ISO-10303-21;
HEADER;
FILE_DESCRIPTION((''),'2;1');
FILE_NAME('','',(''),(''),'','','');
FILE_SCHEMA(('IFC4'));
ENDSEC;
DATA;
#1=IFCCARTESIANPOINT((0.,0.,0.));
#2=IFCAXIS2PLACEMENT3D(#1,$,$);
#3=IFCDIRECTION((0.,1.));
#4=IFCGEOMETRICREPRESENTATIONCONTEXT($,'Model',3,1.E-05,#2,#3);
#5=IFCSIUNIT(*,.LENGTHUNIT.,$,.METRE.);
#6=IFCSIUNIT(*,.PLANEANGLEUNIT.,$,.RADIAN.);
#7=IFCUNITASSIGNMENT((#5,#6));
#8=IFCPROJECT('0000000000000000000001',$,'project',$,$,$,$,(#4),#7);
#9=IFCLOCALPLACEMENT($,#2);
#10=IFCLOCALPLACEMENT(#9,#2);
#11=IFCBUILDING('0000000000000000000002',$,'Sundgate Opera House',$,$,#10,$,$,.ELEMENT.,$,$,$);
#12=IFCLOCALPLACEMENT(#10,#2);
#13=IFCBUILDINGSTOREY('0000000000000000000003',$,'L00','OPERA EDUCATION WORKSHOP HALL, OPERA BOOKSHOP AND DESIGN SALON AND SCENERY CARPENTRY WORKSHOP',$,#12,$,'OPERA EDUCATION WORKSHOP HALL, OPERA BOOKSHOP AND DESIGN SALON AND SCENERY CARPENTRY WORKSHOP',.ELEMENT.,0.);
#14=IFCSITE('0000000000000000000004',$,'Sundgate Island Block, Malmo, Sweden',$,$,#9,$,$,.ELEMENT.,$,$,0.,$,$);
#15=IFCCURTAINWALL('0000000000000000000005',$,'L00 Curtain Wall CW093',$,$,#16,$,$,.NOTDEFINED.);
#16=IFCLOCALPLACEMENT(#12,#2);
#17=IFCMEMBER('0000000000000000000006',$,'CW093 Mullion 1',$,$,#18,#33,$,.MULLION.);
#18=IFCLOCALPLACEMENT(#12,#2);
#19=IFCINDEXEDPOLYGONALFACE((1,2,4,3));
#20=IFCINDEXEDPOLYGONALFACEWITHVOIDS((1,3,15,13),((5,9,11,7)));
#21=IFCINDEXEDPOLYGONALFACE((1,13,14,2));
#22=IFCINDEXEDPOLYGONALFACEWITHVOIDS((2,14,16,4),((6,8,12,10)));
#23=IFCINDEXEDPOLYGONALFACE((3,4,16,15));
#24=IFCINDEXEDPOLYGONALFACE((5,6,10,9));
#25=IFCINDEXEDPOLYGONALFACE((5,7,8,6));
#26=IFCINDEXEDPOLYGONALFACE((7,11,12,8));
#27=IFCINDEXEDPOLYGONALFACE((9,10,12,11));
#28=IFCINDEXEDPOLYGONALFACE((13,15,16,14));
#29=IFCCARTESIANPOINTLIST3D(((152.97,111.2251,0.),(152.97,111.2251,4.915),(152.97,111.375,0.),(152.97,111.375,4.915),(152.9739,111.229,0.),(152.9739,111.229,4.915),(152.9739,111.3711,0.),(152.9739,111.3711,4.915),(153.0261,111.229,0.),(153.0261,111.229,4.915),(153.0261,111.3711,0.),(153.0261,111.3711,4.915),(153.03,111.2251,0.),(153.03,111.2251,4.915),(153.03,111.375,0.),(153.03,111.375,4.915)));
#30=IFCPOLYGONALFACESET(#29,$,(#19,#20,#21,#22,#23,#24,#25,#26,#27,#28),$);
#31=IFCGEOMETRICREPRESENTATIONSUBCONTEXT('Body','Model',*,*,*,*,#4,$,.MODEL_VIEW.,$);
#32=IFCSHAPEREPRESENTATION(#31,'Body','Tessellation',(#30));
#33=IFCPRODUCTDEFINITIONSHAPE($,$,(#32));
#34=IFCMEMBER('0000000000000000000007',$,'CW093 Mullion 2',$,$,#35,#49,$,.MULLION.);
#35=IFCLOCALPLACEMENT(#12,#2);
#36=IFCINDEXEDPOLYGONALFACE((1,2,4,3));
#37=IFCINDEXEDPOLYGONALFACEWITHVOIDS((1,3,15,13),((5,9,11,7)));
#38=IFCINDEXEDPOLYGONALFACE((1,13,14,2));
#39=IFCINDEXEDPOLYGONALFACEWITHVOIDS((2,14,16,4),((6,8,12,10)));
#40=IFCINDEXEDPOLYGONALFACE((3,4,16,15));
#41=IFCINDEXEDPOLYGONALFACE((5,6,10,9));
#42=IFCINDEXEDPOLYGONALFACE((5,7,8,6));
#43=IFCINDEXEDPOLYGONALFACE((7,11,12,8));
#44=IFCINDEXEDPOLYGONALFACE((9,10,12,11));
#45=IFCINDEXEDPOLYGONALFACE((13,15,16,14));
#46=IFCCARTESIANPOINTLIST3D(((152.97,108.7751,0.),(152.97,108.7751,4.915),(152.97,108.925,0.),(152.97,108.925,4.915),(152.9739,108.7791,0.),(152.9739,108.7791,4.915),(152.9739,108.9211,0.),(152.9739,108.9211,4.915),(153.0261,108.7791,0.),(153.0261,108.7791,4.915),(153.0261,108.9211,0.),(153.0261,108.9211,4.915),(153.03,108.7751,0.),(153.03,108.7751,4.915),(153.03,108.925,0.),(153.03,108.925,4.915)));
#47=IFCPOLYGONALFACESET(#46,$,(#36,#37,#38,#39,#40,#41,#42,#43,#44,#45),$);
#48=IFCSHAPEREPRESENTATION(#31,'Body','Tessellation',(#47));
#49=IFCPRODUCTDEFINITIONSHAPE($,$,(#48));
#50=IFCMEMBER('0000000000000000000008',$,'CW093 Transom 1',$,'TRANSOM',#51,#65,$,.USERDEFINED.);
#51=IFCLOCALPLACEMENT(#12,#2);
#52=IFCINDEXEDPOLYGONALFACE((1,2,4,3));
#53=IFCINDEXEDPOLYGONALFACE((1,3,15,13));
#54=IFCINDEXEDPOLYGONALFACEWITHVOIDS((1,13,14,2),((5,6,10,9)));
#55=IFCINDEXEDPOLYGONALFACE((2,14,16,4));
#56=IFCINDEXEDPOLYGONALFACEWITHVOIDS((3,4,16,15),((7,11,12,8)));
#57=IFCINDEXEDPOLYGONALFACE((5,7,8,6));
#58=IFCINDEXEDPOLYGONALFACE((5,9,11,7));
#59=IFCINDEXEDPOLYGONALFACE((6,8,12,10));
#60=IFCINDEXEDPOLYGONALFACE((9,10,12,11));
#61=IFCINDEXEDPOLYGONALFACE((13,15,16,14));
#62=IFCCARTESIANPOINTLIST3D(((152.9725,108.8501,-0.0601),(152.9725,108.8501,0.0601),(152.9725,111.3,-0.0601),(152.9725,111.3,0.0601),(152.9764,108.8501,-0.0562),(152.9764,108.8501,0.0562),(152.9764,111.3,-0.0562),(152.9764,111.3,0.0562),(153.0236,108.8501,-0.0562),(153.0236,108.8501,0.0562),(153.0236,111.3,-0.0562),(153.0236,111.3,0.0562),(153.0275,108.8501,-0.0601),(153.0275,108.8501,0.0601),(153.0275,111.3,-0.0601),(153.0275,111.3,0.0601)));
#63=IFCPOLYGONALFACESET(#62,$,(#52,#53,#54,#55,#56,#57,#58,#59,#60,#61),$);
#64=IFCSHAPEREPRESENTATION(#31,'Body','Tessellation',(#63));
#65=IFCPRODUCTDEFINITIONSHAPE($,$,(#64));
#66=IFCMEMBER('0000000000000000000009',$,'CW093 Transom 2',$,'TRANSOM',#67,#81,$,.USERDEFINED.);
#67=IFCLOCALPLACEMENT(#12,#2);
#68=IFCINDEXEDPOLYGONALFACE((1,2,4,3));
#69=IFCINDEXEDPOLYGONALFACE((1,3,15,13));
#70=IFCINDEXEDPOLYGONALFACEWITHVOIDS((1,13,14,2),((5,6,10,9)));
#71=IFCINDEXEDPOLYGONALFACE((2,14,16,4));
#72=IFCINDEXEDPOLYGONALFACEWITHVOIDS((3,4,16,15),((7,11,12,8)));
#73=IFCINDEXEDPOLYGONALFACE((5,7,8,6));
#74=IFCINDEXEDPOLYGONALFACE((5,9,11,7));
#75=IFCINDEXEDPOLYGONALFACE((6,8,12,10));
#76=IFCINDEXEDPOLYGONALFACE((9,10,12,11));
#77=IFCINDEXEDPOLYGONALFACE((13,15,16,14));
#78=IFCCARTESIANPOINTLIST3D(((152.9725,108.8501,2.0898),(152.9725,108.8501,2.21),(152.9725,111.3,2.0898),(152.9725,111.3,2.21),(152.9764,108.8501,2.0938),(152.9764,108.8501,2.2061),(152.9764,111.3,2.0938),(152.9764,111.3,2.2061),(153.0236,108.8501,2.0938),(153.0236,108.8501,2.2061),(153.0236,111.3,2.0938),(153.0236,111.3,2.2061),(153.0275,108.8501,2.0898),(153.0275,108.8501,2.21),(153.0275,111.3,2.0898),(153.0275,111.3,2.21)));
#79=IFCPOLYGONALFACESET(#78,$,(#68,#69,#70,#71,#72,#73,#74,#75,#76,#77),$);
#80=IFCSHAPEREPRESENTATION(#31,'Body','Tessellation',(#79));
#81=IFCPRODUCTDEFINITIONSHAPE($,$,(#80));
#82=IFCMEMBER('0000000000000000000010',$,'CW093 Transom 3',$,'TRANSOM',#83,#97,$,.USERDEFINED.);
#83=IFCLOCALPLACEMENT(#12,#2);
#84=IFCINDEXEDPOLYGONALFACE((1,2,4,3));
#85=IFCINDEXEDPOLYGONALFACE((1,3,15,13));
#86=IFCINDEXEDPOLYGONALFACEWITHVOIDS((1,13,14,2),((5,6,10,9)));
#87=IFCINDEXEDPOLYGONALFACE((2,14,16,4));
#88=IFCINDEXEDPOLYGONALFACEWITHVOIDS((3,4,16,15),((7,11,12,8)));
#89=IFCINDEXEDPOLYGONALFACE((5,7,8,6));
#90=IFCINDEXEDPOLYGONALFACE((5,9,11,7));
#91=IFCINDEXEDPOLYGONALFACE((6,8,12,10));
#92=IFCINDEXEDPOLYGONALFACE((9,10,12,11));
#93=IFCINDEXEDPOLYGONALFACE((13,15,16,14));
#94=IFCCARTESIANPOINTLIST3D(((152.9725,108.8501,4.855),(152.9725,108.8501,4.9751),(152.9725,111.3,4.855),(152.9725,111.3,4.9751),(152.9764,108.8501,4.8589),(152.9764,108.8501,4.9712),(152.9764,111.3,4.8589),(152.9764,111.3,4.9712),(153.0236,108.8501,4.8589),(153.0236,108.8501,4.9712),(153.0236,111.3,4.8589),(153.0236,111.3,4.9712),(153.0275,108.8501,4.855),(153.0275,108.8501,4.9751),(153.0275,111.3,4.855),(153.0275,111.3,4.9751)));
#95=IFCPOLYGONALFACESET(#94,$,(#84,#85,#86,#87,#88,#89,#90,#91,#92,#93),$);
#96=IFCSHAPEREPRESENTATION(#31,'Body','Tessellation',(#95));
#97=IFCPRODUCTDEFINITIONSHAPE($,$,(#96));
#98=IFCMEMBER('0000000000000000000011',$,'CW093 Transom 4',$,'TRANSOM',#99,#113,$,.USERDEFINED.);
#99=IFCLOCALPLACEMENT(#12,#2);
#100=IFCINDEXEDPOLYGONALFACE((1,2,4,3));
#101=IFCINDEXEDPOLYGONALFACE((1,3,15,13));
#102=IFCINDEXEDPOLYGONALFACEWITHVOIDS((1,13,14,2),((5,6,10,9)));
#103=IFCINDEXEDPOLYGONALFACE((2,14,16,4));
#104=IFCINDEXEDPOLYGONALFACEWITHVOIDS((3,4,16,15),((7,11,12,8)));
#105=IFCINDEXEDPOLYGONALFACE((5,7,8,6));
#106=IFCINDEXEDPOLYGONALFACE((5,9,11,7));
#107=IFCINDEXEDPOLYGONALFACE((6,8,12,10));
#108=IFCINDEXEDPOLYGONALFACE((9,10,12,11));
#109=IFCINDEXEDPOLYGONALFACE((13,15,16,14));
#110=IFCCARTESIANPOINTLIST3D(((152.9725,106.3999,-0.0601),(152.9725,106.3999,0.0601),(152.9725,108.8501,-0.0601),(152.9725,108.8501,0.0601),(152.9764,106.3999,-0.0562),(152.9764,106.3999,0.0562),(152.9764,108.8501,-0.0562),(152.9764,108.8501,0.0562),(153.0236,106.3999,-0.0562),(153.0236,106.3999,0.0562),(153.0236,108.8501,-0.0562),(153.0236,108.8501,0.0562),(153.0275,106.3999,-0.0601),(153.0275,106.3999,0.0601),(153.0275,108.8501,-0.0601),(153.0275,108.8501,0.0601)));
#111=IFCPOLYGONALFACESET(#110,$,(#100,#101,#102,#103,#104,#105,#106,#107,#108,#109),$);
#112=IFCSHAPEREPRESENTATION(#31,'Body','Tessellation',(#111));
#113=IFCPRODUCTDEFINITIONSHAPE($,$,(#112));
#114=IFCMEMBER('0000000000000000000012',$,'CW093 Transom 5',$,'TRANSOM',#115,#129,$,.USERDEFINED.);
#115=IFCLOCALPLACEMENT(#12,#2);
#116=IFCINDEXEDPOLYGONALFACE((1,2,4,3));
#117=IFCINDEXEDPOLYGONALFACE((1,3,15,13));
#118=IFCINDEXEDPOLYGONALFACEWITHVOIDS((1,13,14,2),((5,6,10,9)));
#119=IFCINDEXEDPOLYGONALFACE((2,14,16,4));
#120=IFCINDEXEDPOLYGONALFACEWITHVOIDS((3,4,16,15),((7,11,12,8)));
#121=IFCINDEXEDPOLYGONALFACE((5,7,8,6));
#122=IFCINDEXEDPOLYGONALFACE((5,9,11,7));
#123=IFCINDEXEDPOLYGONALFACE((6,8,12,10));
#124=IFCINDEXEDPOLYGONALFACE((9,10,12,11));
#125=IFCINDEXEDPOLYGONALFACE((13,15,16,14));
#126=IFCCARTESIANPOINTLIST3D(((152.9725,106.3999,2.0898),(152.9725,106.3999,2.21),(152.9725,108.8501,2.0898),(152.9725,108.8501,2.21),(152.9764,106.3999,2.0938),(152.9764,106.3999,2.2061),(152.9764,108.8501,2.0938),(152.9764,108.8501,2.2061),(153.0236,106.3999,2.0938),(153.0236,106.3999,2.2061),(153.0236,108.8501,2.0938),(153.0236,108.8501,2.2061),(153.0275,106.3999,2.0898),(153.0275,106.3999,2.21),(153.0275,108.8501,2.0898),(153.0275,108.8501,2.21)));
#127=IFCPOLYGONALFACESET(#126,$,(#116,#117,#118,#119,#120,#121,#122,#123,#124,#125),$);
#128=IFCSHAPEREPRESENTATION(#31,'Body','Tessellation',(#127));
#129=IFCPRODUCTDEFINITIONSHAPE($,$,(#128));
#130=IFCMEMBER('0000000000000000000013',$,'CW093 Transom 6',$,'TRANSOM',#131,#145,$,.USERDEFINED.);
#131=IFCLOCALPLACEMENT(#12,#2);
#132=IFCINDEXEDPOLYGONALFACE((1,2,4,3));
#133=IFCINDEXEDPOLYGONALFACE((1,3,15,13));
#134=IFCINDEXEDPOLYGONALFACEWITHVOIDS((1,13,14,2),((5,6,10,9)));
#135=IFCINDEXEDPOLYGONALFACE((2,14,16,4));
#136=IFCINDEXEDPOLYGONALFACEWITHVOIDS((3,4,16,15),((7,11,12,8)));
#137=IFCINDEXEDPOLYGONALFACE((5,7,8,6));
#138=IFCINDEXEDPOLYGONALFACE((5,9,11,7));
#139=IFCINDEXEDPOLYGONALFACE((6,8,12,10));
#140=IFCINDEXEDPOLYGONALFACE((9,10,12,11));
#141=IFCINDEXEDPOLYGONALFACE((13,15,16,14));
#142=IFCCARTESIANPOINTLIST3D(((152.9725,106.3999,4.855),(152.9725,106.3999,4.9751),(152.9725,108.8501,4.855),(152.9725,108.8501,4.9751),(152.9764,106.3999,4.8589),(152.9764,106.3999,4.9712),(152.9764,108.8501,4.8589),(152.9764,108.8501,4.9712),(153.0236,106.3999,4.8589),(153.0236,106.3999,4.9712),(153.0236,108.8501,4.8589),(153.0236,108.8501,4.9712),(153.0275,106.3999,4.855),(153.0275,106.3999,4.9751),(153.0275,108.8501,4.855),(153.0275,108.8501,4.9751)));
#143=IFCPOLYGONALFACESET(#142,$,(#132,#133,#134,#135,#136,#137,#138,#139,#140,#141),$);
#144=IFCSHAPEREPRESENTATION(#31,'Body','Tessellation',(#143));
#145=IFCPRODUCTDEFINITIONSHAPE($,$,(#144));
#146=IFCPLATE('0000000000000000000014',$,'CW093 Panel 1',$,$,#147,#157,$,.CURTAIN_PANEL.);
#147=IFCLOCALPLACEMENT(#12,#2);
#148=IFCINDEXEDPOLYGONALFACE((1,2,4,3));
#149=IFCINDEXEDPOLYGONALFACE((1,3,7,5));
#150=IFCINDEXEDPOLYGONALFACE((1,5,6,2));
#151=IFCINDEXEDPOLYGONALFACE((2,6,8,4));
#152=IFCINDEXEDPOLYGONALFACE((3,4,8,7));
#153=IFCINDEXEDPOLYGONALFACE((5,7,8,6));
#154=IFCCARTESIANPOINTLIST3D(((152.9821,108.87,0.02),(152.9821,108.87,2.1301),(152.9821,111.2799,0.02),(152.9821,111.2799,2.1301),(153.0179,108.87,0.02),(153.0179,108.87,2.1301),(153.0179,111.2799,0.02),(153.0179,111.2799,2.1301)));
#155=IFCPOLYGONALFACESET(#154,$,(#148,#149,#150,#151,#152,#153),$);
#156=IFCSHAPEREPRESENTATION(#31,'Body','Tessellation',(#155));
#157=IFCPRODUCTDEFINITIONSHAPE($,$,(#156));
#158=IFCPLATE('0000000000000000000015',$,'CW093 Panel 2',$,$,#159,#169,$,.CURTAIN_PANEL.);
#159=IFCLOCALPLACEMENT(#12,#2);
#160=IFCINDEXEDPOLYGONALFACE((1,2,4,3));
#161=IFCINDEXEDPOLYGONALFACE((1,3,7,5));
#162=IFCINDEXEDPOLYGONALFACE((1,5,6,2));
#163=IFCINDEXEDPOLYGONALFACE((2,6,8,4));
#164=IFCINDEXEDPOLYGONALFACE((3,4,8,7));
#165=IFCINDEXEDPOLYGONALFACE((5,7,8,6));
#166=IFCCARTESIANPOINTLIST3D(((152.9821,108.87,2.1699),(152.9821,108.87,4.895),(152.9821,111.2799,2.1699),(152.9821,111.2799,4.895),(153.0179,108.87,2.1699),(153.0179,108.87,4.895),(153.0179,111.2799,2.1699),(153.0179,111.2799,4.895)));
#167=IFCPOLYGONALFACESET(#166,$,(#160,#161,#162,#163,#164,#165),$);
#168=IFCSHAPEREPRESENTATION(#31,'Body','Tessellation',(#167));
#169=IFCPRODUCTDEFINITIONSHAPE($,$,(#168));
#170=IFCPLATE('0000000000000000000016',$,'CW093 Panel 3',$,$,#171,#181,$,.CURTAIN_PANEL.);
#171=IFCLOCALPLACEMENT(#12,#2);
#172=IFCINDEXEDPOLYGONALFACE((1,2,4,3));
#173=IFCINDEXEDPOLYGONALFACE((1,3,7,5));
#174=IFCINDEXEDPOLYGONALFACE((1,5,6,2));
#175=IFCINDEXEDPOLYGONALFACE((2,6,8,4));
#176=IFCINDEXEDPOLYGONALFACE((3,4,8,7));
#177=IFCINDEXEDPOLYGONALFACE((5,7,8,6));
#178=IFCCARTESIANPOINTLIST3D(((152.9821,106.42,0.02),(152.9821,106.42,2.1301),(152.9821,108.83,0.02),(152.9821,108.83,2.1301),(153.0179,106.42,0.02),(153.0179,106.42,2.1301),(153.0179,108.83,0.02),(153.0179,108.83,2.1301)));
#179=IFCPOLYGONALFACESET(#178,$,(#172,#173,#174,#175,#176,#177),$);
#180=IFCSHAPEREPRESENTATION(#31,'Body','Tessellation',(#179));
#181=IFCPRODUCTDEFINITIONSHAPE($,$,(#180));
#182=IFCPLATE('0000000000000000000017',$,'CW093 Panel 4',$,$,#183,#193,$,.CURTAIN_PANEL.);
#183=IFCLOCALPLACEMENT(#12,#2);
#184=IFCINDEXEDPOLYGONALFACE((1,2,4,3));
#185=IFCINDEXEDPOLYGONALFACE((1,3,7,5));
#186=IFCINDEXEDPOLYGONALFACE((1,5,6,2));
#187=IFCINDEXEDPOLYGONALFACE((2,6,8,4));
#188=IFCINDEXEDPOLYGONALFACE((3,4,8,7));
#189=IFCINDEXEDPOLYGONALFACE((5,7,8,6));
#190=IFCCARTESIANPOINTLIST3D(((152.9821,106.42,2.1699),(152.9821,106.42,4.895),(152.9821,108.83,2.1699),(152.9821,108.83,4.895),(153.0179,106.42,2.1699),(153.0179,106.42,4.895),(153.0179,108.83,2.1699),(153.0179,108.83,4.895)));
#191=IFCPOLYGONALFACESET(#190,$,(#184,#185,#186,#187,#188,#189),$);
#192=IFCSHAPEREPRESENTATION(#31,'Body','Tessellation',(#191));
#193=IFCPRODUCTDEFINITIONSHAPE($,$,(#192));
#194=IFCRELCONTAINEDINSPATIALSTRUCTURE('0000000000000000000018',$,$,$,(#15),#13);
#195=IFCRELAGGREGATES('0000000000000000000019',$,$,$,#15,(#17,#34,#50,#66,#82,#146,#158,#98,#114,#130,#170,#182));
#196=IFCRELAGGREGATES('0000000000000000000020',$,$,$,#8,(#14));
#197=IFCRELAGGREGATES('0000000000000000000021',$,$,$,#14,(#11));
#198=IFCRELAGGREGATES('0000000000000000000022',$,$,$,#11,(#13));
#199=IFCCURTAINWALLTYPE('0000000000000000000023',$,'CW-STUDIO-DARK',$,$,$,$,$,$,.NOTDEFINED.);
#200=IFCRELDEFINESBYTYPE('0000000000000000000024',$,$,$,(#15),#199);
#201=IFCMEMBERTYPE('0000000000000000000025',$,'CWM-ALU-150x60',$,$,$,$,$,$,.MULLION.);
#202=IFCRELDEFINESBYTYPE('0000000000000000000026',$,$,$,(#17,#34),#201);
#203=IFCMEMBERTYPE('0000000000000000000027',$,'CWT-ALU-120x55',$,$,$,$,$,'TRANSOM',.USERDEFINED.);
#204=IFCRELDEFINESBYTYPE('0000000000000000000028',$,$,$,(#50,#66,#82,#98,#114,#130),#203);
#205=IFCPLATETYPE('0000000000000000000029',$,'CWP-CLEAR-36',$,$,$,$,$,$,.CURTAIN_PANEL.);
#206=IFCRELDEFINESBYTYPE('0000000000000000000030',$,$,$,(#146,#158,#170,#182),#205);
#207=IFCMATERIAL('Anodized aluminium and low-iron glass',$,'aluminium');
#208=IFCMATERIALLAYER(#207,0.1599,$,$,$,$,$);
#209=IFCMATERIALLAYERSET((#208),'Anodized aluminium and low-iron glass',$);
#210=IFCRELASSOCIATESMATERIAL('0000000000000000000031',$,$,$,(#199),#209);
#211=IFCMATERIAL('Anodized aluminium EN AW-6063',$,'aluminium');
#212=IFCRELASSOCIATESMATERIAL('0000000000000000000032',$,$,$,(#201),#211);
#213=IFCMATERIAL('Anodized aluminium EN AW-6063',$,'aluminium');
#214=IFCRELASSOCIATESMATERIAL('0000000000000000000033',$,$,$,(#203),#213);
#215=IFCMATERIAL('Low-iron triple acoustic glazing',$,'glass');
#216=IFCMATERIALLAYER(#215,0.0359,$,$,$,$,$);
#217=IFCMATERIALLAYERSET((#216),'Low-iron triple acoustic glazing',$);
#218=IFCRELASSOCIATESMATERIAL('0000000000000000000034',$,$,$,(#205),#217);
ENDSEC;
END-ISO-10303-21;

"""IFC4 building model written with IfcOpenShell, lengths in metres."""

from ifc_helpers import new_model, si_unit, direction, frame, origin, origin_2d, place, context, subcontext, project, spatial, rectangle, hollow_rectangle, extrude, material, layer, layer_set, material_profile, profile_set, type_object, element, aggregate, save


model = new_model("IFC4")

# Units and contexts
model_context = context("Model", 3, precision=1e-05, world=origin(), true_north=direction((0.0, 1.0)))
body_context = subcontext(model_context, "Body", "Model", "MODEL_VIEW")
ifc_project = project(units=[si_unit("LENGTHUNIT", "METRE"), si_unit("PLANEANGLEUNIT", "RADIAN")], contexts=[model_context])

# Site, building, storey
site_placement = place(None, origin())
site = spatial("IfcSite", under=ifc_project, at=site_placement, Name="Sundgate Island Block, Malmo, Sweden", CompositionType="ELEMENT", RefElevation=0.0)
building_placement = place(site_placement, origin())
building = spatial("IfcBuilding", under=site, at=building_placement, Name="Sundgate Opera House", CompositionType="ELEMENT")
storey_placement = place(building_placement, origin())
storey = spatial("IfcBuildingStorey", under=building, at=storey_placement, Name="L00", Description="OPERA EDUCATION WORKSHOP HALL, OPERA BOOKSHOP AND DESIGN SALON AND SCENERY CARPENTRY WORKSHOP", LongName="OPERA EDUCATION WORKSHOP HALL, OPERA BOOKSHOP AND DESIGN SALON AND SCENERY CARPENTRY WORKSHOP", CompositionType="ELEMENT", Elevation=0.0)

# Curtain wall, members, plates
ifc_material_1 = material(Name="Anodized aluminium and low-iron glass", Category="aluminium")
ifc_layer_1 = layer(ifc_material_1, 0.1599)
ifc_layer_set_1 = layer_set([ifc_layer_1], Name="Anodized aluminium and low-iron glass")
curtain_wall_type = type_object("IfcCurtainWallType", Name="CW-STUDIO-DARK", PredefinedType="NOTDEFINED", material=ifc_layer_set_1)
curtain_wall_placement = place(storey_placement, origin())
curtain_wall = element("IfcCurtainWall", 1, at=curtain_wall_placement, inside=storey, type_object=curtain_wall_type, Name="L00 Curtain Wall CW093", PredefinedType="NOTDEFINED")
ifc_material_2 = material(Name="Anodized aluminium EN AW-6063", Category="aluminium")
ifc_material_profile_1 = material_profile(ifc_material_2, hollow_rectangle(XDim=0.0601, YDim=0.1499, WallThickness=0.0039, at=origin_2d()), Name="CWM 150x60x4")
ifc_profile_set_1 = profile_set([ifc_material_profile_1], Name="Anodized aluminium EN AW-6063")
member_type_1 = type_object("IfcMemberType", Name="CWM-ALU-150x60", PredefinedType="MULLION", material=ifc_profile_set_1)
member_1_placement = place(storey_placement, frame((153.0, 111.3, 0.0), z_axis=(0.0, 0.0, 1.0), x_axis=(1.0, 0.0, 0.0)))
member_1 = element("IfcMember", 2, at=member_1_placement, type_object=member_type_1, Name="CW093 Mullion 1", PredefinedType="MULLION", context=body_context, shape_type="SweptSolid", body=[
    extrude(hollow_rectangle(XDim=0.0601, YDim=0.1499, WallThickness=0.0039, at=origin_2d()), origin(), (0.0, 0.0, 1.0), 4.915),
])
member_2_placement = place(storey_placement, frame((153.0, 108.8501, 0.0), z_axis=(0.0, 0.0, 1.0), x_axis=(1.0, 0.0, 0.0)))
member_2 = element("IfcMember", 3, at=member_2_placement, type_object=member_type_1, Name="CW093 Mullion 2", PredefinedType="MULLION", context=body_context, shape_type="SweptSolid", body=[
    extrude(hollow_rectangle(XDim=0.0601, YDim=0.1499, WallThickness=0.0039, at=origin_2d()), origin(), (0.0, 0.0, 1.0), 4.915),
])
ifc_material_3 = material(Name="Anodized aluminium EN AW-6063", Category="aluminium")
ifc_material_profile_2 = material_profile(ifc_material_3, hollow_rectangle(XDim=0.0549, YDim=0.1201, WallThickness=0.0039, at=origin_2d()), Name="CWT 120x55x4")
ifc_profile_set_2 = profile_set([ifc_material_profile_2], Name="Anodized aluminium EN AW-6063")
member_type_2 = type_object("IfcMemberType", Name="CWT-ALU-120x55", ElementType="TRANSOM", PredefinedType="USERDEFINED", material=ifc_profile_set_2)
member_3_placement = place(storey_placement, frame((153.0, 111.3, 0.0), z_axis=(0.0, -1.0, 0.0), x_axis=(1.0, 0.0, 0.0)))
member_3 = element("IfcMember", 4, at=member_3_placement, type_object=member_type_2, Name="CW093 Transom 1", ObjectType="TRANSOM", PredefinedType="USERDEFINED", context=body_context, shape_type="SweptSolid", body=[
    extrude(hollow_rectangle(XDim=0.0549, YDim=0.1201, WallThickness=0.0039, at=origin_2d()), origin(), (0.0, 0.0, 1.0), 2.45),
])
member_4_placement = place(storey_placement, frame((153.0, 111.3, 2.1499), z_axis=(0.0, -1.0, 0.0), x_axis=(1.0, 0.0, 0.0)))
member_4 = element("IfcMember", 5, at=member_4_placement, type_object=member_type_2, Name="CW093 Transom 2", ObjectType="TRANSOM", PredefinedType="USERDEFINED", context=body_context, shape_type="SweptSolid", body=[
    extrude(hollow_rectangle(XDim=0.0549, YDim=0.1201, WallThickness=0.0039, at=origin_2d()), origin(), (0.0, 0.0, 1.0), 2.45),
])
member_5_placement = place(storey_placement, frame((153.0, 111.3, 4.915), z_axis=(0.0, -1.0, 0.0), x_axis=(1.0, 0.0, 0.0)))
member_5 = element("IfcMember", 6, at=member_5_placement, type_object=member_type_2, Name="CW093 Transom 3", ObjectType="TRANSOM", PredefinedType="USERDEFINED", context=body_context, shape_type="SweptSolid", body=[
    extrude(hollow_rectangle(XDim=0.0549, YDim=0.1201, WallThickness=0.0039, at=origin_2d()), origin(), (0.0, 0.0, 1.0), 2.45),
])
member_6_placement = place(storey_placement, frame((153.0, 108.8501, 0.0), z_axis=(0.0, -1.0, 0.0), x_axis=(1.0, 0.0, 0.0)))
member_6 = element("IfcMember", 7, at=member_6_placement, type_object=member_type_2, Name="CW093 Transom 4", ObjectType="TRANSOM", PredefinedType="USERDEFINED", context=body_context, shape_type="SweptSolid", body=[
    extrude(hollow_rectangle(XDim=0.0549, YDim=0.1201, WallThickness=0.0039, at=origin_2d()), origin(), (0.0, 0.0, 1.0), 2.4502),
])
member_7_placement = place(storey_placement, frame((153.0, 108.8501, 2.1499), z_axis=(0.0, -1.0, 0.0), x_axis=(1.0, 0.0, 0.0)))
member_7 = element("IfcMember", 8, at=member_7_placement, type_object=member_type_2, Name="CW093 Transom 5", ObjectType="TRANSOM", PredefinedType="USERDEFINED", context=body_context, shape_type="SweptSolid", body=[
    extrude(hollow_rectangle(XDim=0.0549, YDim=0.1201, WallThickness=0.0039, at=origin_2d()), origin(), (0.0, 0.0, 1.0), 2.4502),
])
member_8_placement = place(storey_placement, frame((153.0, 108.8501, 4.915), z_axis=(0.0, -1.0, 0.0), x_axis=(1.0, 0.0, 0.0)))
member_8 = element("IfcMember", 9, at=member_8_placement, type_object=member_type_2, Name="CW093 Transom 6", ObjectType="TRANSOM", PredefinedType="USERDEFINED", context=body_context, shape_type="SweptSolid", body=[
    extrude(hollow_rectangle(XDim=0.0549, YDim=0.1201, WallThickness=0.0039, at=origin_2d()), origin(), (0.0, 0.0, 1.0), 2.4502),
])
ifc_material_4 = material(Name="Low-iron triple acoustic glazing", Category="glass")
ifc_layer_2 = layer(ifc_material_4, 0.0359)
ifc_layer_set_2 = layer_set([ifc_layer_2], Name="Low-iron triple acoustic glazing")
plate_type = type_object("IfcPlateType", Name="CWP-CLEAR-36", PredefinedType="CURTAIN_PANEL", material=ifc_layer_set_2)
plate_1_placement = place(storey_placement, frame((153.0, 110.075, 0.02), z_axis=(0.0, 0.0, 1.0), x_axis=(0.0, -1.0, 0.0)))
plate_1 = element("IfcPlate", 10, at=plate_1_placement, type_object=plate_type, Name="CW093 Panel 1", PredefinedType="CURTAIN_PANEL", context=body_context, shape_type="SweptSolid", body=[
    extrude(rectangle(XDim=2.4099, YDim=0.0359, at=origin_2d()), origin(), (0.0, 0.0, 1.0), 2.1101),
])
plate_2_placement = place(storey_placement, frame((153.0, 110.075, 2.1699), z_axis=(0.0, 0.0, 1.0), x_axis=(0.0, -1.0, 0.0)))
plate_2 = element("IfcPlate", 11, at=plate_2_placement, type_object=plate_type, Name="CW093 Panel 2", PredefinedType="CURTAIN_PANEL", context=body_context, shape_type="SweptSolid", body=[
    extrude(rectangle(XDim=2.4099, YDim=0.0359, at=origin_2d()), origin(), (0.0, 0.0, 1.0), 2.7251),
])
plate_3_placement = place(storey_placement, frame((153.0, 107.625, 0.02), z_axis=(0.0, 0.0, 1.0), x_axis=(0.0, -1.0, 0.0)))
plate_3 = element("IfcPlate", 12, at=plate_3_placement, type_object=plate_type, Name="CW093 Panel 3", PredefinedType="CURTAIN_PANEL", context=body_context, shape_type="SweptSolid", body=[
    extrude(rectangle(XDim=2.4099, YDim=0.0359, at=origin_2d()), origin(), (0.0, 0.0, 1.0), 2.1101),
])
plate_4_placement = place(storey_placement, frame((153.0, 107.625, 2.1699), z_axis=(0.0, 0.0, 1.0), x_axis=(0.0, -1.0, 0.0)))
plate_4 = element("IfcPlate", 13, at=plate_4_placement, type_object=plate_type, Name="CW093 Panel 4", PredefinedType="CURTAIN_PANEL", context=body_context, shape_type="SweptSolid", body=[
    extrude(rectangle(XDim=2.4099, YDim=0.0359, at=origin_2d()), origin(), (0.0, 0.0, 1.0), 2.7251),
])
aggregate(curtain_wall, [member_1, member_2, member_3, member_4, member_5, plate_1, plate_2, member_6, member_7, member_8, plate_3, plate_4])

save(model, "model.ifc")
